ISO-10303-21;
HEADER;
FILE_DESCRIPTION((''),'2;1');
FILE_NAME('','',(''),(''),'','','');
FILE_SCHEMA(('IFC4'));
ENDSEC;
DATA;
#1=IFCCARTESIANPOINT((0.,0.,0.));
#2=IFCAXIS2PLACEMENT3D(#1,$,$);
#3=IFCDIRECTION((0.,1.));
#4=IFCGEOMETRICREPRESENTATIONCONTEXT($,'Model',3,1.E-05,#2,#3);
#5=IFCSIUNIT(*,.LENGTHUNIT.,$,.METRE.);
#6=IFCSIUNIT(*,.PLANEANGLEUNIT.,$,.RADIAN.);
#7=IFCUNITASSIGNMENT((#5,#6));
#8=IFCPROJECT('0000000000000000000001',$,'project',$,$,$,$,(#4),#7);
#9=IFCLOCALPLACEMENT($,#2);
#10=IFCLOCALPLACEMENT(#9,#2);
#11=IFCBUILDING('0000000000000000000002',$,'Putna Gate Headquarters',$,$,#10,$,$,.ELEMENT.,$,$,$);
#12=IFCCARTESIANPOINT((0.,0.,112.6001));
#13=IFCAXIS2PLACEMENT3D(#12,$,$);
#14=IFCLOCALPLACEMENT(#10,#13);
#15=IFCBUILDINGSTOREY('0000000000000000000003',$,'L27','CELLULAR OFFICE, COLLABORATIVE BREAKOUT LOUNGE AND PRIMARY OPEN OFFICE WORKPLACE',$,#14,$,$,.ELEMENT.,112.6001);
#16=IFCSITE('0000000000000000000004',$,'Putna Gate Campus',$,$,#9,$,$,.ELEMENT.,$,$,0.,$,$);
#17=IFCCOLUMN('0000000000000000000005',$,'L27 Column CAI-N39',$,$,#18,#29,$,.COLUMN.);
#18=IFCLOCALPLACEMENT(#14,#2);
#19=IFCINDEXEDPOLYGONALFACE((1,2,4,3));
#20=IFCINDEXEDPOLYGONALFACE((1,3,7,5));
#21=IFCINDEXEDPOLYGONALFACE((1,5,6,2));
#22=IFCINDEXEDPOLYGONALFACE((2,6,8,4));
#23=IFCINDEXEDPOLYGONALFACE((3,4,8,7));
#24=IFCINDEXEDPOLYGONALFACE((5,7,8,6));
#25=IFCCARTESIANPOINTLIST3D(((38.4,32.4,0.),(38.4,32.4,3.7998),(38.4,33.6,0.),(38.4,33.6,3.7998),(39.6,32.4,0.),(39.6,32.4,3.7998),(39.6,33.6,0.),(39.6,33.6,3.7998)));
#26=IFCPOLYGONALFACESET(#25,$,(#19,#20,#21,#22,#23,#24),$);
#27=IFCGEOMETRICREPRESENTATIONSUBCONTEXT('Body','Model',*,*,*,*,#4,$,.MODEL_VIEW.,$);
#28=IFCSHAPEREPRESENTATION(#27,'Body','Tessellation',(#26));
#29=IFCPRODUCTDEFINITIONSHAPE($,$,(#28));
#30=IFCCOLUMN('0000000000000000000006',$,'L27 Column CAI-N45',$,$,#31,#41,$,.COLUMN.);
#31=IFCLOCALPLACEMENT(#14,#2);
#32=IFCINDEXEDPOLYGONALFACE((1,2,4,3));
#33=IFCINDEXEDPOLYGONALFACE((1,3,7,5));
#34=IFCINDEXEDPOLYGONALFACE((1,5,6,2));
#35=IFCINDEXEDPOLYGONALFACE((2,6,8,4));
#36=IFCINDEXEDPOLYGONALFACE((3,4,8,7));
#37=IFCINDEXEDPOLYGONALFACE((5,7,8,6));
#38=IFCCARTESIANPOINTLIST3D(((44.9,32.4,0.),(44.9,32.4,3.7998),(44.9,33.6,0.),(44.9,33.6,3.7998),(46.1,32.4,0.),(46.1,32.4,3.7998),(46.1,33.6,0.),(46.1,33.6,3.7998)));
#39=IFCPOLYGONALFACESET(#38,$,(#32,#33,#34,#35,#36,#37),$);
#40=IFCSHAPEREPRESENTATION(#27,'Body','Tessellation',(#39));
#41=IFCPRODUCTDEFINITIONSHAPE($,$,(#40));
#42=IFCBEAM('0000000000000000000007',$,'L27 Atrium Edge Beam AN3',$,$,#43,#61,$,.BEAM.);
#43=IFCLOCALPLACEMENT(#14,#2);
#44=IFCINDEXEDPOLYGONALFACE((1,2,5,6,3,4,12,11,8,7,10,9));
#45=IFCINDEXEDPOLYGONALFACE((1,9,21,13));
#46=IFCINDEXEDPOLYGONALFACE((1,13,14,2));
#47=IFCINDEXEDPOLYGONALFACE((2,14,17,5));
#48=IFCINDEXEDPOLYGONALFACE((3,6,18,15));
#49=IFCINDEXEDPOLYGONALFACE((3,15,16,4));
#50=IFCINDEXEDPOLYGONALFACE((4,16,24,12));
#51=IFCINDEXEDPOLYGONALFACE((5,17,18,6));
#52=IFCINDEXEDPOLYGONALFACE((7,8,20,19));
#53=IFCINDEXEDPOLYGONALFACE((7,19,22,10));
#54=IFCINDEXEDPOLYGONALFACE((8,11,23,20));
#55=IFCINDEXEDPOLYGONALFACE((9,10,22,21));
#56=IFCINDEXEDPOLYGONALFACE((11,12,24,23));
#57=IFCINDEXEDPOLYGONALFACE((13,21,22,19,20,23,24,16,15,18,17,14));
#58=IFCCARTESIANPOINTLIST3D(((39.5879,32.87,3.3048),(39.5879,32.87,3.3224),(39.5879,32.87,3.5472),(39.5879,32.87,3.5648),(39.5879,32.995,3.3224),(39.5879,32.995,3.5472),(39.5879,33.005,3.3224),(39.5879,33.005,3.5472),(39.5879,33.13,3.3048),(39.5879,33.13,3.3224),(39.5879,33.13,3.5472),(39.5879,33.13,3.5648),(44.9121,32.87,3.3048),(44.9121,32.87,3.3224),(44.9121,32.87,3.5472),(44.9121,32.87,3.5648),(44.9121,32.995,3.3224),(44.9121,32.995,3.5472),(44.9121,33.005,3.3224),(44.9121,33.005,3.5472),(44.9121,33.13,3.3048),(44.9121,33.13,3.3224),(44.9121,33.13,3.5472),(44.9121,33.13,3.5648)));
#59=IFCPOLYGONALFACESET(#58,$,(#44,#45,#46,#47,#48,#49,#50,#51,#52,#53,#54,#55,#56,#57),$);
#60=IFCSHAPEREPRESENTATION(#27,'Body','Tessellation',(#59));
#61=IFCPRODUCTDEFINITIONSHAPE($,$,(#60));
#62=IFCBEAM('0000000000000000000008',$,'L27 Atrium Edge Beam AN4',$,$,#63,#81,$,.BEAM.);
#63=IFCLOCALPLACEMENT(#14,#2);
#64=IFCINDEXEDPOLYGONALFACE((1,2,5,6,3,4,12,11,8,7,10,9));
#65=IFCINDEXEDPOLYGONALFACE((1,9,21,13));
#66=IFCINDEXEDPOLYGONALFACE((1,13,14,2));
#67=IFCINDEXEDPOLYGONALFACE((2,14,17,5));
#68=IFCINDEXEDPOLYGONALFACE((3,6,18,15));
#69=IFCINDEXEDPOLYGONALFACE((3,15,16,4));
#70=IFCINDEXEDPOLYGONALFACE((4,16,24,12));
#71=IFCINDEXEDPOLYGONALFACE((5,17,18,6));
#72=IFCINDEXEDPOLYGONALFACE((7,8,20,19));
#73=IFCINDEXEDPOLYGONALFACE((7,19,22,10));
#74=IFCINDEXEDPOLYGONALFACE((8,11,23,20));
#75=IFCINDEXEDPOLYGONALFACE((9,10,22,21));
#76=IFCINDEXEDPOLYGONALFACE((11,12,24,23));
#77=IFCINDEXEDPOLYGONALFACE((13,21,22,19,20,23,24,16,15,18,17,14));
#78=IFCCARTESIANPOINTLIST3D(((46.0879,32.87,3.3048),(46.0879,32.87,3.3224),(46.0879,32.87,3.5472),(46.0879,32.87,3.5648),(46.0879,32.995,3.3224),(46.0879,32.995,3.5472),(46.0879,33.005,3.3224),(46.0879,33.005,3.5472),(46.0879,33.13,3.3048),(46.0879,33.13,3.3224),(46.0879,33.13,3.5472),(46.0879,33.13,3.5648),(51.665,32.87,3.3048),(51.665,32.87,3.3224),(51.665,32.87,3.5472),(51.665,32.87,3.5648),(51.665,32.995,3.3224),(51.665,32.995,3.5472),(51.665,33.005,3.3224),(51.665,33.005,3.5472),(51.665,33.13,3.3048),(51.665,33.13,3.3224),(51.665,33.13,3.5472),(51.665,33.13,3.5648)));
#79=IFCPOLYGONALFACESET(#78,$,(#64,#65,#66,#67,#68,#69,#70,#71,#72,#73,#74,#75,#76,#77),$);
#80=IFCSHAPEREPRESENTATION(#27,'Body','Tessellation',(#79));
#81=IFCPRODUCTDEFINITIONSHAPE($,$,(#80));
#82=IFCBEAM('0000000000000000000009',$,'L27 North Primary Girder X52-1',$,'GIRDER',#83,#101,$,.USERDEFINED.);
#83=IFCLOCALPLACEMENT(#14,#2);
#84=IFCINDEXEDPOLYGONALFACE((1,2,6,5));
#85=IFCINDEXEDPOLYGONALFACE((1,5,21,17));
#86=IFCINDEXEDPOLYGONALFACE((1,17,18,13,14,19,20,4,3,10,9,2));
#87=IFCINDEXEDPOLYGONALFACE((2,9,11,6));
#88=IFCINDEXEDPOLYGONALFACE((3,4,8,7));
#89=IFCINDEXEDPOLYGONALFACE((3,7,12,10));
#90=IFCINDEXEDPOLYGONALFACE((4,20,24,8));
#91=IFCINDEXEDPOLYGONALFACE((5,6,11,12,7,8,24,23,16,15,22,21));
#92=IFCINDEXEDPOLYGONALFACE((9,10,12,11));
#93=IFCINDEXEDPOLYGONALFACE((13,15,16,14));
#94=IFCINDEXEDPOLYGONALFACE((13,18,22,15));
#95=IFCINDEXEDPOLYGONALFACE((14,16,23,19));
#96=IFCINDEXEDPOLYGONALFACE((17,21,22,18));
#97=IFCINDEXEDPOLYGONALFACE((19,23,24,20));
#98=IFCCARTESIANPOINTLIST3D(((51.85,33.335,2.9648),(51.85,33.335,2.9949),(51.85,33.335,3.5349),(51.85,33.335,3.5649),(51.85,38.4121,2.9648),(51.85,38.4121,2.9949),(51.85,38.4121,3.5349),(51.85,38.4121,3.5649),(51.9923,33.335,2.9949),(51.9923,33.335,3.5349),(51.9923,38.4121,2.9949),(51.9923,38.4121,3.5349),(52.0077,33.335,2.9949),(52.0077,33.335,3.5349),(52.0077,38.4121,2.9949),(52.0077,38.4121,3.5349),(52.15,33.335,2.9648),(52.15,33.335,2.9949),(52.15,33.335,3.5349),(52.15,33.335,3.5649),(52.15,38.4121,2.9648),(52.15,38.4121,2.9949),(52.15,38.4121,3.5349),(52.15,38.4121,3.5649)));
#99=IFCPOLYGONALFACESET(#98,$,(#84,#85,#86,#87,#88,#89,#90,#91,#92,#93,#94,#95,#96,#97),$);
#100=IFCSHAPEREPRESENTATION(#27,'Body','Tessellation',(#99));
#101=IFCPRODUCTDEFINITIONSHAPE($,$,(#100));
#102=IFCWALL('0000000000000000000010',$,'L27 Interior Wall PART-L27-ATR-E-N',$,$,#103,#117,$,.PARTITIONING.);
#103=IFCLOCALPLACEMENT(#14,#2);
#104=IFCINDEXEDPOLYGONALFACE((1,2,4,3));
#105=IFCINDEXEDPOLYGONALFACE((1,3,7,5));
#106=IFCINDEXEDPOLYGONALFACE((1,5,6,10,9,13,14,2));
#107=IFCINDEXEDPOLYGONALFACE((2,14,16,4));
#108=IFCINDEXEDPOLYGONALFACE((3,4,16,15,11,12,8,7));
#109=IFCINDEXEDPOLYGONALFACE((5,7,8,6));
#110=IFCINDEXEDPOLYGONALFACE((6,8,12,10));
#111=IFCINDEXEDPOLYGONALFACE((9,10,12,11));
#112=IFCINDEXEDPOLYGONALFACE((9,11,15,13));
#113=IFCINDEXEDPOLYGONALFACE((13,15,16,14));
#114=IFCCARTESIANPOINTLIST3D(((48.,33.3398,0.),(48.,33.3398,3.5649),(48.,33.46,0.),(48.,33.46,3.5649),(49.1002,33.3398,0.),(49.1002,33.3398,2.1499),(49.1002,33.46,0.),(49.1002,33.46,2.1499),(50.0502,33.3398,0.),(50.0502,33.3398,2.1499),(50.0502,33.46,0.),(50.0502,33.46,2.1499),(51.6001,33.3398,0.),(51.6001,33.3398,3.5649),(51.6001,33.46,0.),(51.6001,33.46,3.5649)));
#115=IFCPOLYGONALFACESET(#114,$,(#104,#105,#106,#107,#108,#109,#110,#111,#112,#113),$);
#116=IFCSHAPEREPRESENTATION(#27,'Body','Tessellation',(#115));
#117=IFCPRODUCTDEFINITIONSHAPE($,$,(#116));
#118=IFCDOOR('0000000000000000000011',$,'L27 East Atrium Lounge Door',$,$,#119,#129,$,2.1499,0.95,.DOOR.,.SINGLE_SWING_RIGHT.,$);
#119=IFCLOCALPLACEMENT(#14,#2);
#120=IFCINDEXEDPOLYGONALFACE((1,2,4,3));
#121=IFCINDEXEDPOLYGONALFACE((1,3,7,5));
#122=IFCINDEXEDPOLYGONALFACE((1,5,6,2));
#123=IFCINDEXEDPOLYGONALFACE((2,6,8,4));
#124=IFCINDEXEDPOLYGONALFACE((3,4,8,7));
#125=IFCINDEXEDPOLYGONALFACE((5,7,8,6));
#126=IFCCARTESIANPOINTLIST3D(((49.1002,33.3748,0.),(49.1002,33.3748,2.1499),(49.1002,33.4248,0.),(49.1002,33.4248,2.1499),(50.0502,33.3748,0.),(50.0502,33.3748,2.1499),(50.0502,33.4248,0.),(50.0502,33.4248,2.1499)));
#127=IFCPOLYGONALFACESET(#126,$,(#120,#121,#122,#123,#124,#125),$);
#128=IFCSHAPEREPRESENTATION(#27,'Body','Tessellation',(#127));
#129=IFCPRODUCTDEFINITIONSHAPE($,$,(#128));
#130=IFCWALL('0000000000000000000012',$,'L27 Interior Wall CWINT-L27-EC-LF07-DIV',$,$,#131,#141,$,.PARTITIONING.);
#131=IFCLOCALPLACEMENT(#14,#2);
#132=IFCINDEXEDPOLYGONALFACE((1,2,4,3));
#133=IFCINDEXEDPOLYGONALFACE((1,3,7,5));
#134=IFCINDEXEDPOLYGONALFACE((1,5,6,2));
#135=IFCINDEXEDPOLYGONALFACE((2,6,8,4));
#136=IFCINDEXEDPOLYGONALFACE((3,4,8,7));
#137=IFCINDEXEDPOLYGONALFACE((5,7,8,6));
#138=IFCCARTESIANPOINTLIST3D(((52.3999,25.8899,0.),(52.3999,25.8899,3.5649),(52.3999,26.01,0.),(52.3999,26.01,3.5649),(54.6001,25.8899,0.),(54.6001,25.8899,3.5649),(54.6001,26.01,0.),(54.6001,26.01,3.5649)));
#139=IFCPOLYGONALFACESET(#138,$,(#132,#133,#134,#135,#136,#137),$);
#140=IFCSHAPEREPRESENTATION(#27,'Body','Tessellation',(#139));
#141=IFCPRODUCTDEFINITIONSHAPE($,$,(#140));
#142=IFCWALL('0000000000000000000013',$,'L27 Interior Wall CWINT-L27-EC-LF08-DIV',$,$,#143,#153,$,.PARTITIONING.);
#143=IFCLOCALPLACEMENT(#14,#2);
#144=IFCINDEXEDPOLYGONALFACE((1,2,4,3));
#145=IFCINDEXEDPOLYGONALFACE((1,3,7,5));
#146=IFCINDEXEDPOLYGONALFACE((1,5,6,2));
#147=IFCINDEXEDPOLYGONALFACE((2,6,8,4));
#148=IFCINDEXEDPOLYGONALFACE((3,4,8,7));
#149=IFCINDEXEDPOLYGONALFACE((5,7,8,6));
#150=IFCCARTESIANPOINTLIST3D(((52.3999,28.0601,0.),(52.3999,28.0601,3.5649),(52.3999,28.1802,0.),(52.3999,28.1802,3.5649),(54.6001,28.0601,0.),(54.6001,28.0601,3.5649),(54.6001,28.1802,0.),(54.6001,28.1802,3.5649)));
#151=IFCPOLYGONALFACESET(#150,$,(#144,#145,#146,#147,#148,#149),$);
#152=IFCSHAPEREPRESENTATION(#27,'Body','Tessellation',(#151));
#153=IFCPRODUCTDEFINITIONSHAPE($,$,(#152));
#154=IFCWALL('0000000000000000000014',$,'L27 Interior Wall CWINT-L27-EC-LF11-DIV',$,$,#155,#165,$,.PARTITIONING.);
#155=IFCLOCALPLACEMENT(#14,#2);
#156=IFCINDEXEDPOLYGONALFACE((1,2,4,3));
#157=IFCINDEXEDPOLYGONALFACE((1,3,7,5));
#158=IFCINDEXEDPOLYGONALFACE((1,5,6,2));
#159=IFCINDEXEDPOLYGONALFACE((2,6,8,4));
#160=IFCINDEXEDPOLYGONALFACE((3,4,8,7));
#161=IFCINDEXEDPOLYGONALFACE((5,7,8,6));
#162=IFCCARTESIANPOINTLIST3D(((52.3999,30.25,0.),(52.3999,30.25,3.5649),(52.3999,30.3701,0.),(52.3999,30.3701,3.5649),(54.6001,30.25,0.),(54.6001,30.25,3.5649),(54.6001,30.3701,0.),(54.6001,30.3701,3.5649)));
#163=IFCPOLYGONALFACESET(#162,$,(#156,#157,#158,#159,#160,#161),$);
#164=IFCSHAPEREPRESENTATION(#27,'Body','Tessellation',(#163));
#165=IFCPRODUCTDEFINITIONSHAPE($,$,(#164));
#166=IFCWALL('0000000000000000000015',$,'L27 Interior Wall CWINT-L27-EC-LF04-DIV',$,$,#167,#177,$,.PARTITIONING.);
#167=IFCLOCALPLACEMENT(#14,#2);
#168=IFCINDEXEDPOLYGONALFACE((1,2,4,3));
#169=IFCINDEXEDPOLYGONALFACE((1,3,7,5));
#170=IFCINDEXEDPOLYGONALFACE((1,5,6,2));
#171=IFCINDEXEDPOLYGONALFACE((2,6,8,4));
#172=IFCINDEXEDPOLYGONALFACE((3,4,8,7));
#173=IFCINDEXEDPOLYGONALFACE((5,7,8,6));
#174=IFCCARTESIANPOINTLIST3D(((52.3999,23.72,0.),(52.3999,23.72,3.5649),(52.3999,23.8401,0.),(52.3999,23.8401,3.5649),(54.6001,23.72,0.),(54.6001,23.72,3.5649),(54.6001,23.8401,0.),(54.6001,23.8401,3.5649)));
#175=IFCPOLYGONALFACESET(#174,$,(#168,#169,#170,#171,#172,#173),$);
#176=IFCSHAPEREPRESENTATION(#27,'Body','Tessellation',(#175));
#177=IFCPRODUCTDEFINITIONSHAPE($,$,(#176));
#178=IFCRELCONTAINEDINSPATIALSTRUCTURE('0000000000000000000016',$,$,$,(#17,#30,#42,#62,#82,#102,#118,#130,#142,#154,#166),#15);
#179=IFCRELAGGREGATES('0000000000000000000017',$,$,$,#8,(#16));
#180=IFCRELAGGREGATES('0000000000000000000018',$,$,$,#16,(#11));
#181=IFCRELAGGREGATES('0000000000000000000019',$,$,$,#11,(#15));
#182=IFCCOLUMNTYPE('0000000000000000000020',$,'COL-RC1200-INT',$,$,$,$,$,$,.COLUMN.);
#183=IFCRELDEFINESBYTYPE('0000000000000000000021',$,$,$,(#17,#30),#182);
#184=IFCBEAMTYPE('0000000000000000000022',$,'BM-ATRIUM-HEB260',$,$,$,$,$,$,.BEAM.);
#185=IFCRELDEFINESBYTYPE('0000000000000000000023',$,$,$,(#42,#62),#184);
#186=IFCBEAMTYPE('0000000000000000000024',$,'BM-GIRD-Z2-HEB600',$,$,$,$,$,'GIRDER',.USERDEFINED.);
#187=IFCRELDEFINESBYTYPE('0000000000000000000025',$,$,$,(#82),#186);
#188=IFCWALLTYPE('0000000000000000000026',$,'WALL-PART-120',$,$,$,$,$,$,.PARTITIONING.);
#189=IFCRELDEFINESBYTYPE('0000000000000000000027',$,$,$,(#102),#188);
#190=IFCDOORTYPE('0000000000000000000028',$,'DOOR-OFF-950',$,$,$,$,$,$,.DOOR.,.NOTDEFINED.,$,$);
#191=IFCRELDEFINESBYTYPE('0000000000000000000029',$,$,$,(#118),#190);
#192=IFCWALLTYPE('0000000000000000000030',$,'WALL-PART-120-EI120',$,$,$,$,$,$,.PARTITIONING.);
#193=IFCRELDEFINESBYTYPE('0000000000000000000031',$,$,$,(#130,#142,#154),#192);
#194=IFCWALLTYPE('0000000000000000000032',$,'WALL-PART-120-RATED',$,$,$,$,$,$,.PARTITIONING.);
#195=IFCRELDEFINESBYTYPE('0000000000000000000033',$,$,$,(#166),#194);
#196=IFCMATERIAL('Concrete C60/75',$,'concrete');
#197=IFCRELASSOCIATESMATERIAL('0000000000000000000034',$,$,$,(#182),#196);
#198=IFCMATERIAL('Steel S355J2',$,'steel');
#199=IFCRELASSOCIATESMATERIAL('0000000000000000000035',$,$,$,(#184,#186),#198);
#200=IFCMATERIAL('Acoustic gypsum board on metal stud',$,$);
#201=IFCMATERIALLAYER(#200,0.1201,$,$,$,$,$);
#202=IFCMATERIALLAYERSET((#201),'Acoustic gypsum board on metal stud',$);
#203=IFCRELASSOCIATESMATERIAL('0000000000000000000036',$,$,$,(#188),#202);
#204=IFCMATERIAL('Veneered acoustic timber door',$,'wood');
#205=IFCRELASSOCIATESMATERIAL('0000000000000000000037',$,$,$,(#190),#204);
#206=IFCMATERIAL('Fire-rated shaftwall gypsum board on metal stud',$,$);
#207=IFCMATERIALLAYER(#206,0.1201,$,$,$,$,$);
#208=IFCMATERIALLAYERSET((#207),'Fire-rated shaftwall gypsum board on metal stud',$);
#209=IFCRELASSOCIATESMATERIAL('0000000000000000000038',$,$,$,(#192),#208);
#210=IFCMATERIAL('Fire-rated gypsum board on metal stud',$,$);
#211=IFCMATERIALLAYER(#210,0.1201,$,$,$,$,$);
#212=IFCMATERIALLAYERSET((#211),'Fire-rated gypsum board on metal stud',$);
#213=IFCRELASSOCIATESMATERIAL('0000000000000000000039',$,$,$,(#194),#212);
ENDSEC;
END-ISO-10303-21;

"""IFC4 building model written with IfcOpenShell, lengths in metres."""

from ifc_helpers import new_model, si_unit, direction, frame, frame_2d, origin, origin_2d, place, context, subcontext, project, spatial, rectangle, i_section, extrude, material, layer, layer_set, material_profile, profile_set, type_object, element, fill, save


model = new_model("IFC4")

# Units and contexts
model_context = context("Model", 3, precision=1e-05, world=origin(), true_north=direction((0.0, 1.0)))
body_context = subcontext(model_context, "Body", "Model", "MODEL_VIEW")
ifc_project = project(units=[si_unit("LENGTHUNIT", "METRE"), si_unit("PLANEANGLEUNIT", "RADIAN")], contexts=[model_context])

# Site, building, storey
site_placement = place(None, origin())
site = spatial("IfcSite", under=ifc_project, at=site_placement, Name="Putna Gate Campus", CompositionType="ELEMENT", RefElevation=0.0)
building_placement = place(site_placement, origin())
building = spatial("IfcBuilding", under=site, at=building_placement, Name="Putna Gate Headquarters", CompositionType="ELEMENT")
storey_placement = place(building_placement, frame((0.0, 0.0, 112.6001)))
storey = spatial("IfcBuildingStorey", under=building, at=storey_placement, Name="L27", Description="CELLULAR OFFICE, COLLABORATIVE BREAKOUT LOUNGE AND PRIMARY OPEN OFFICE WORKPLACE", CompositionType="ELEMENT", Elevation=112.6001)

# Columns
ifc_material_1 = material(Name="Concrete C60/75", Category="concrete")
ifc_material_profile_1 = material_profile(ifc_material_1, rectangle(XDim=1.2, YDim=1.2, at=origin_2d()), Name="Concrete C60/75")
ifc_profile_set_1 = profile_set([ifc_material_profile_1], Name="Concrete C60/75")
column_type = type_object("IfcColumnType", Name="COL-RC1200-INT", PredefinedType="COLUMN", material=ifc_profile_set_1)
for number, where, z_axis, x_axis, name in (
    (1, (39.0, 33.0, 0.0), (0.0, 0.0, 1.0), (1.0, 0.0, 0.0), "L27 Column CAI-N39"),
    (2, (45.5, 33.0, 0.0), (0.0, 0.0, 1.0), (1.0, 0.0, 0.0), "L27 Column CAI-N45"),
):
    element("IfcColumn", number, at=place(storey_placement, frame(where, z_axis=z_axis, x_axis=x_axis)), inside=storey, type_object=column_type, Name=name, PredefinedType="COLUMN", context=body_context, shape_type="SweptSolid", body=[
        extrude(rectangle(XDim=1.2, YDim=1.2, at=origin_2d()), origin(), (0.0, 0.0, 1.0), 3.7998),
    ])

# Beams
ifc_material_2 = material(Name="Steel S355J2", Category="steel")
ifc_material_profile_2 = material_profile(ifc_material_2, i_section(OverallWidth=0.26, OverallDepth=0.26, WebThickness=0.01, FlangeThickness=0.0176, at=origin_2d()), Name="Steel S355J2")
ifc_profile_set_2 = profile_set([ifc_material_profile_2], Name="Steel S355J2")
beam_type_1 = type_object("IfcBeamType", Name="BM-ATRIUM-HEB260", PredefinedType="BEAM", material=ifc_profile_set_2)
beam_1_placement = place(storey_placement, frame((39.5879, 33.0, 3.4348), z_axis=(1.0, 0.0, 0.0), x_axis=(0.0, 1.0, 0.0)))
element("IfcBeam", 3, at=beam_1_placement, inside=storey, type_object=beam_type_1, Name="L27 Atrium Edge Beam AN3", PredefinedType="BEAM", context=body_context, shape_type="SweptSolid", body=[
    extrude(i_section(OverallWidth=0.26, OverallDepth=0.26, WebThickness=0.01, FlangeThickness=0.0176, at=origin_2d()), origin(), (0.0, 0.0, 1.0), 5.3242),
])
beam_2_placement = place(storey_placement, frame((46.0879, 33.0, 3.4348), z_axis=(1.0, 0.0, 0.0), x_axis=(0.0, 1.0, 0.0)))
element("IfcBeam", 4, at=beam_2_placement, inside=storey, type_object=beam_type_1, Name="L27 Atrium Edge Beam AN4", PredefinedType="BEAM", context=body_context, shape_type="SweptSolid", body=[
    extrude(i_section(OverallWidth=0.26, OverallDepth=0.26, WebThickness=0.01, FlangeThickness=0.0176, at=origin_2d()), origin(), (0.0, 0.0, 1.0), 5.5771),
])
ifc_material_profile_3 = material_profile(ifc_material_2, i_section(OverallWidth=0.3, OverallDepth=0.6001, WebThickness=0.0154, FlangeThickness=0.03, at=origin_2d()), Name="Steel S355J2")
ifc_profile_set_3 = profile_set([ifc_material_profile_3], Name="Steel S355J2")
beam_type_2 = type_object("IfcBeamType", Name="BM-GIRD-Z2-HEB600", ElementType="GIRDER", PredefinedType="USERDEFINED", material=ifc_profile_set_3)
beam_3_placement = place(storey_placement, frame((52.0, 33.335, 3.2649), z_axis=(0.0, 1.0, 0.0), x_axis=(-1.0, 0.0, 0.0)))
element("IfcBeam", 5, at=beam_3_placement, inside=storey, type_object=beam_type_2, Name="L27 North Primary Girder X52-1", ObjectType="GIRDER", PredefinedType="USERDEFINED", context=body_context, shape_type="SweptSolid", body=[
    extrude(i_section(OverallWidth=0.3, OverallDepth=0.6001, WebThickness=0.0154, FlangeThickness=0.03, at=origin_2d()), origin(), (0.0, 0.0, 1.0), 5.0771),
])

# Wall, opening, door
ifc_material_3 = material(Name="Acoustic gypsum board on metal stud")
ifc_layer_1 = layer(ifc_material_3, 0.1201)
ifc_layer_set_1 = layer_set([ifc_layer_1], Name="Acoustic gypsum board on metal stud")
wall_type_1 = type_object("IfcWallType", Name="WALL-PART-120", PredefinedType="PARTITIONING", material=ifc_layer_set_1)
wall_1_placement = place(storey_placement, frame((48.0, 33.3999, 0.0), z_axis=(0.0, 0.0, 1.0), x_axis=(1.0, 0.0, 0.0)))
wall_1 = element("IfcWall", 6, at=wall_1_placement, inside=storey, type_object=wall_type_1, Name="L27 Interior Wall PART-L27-ATR-E-N", PredefinedType="PARTITIONING", context=body_context, shape_type="SweptSolid", body=[
    extrude(rectangle(XDim=3.6001, YDim=0.1201, at=frame_2d((1.8, 0.0))), origin(), (0.0, 0.0, 1.0), 3.5649),
])
opening_1_placement = place(wall_1_placement, frame((1.1001, 0.0, 0.0)))
opening_1 = element("IfcOpeningElement", 7, at=opening_1_placement, cuts=wall_1, PredefinedType="OPENING", context=body_context, shape_type="SweptSolid", body=[
    extrude(rectangle(XDim=0.95, YDim=2.1499, at=frame_2d((0.4751, 1.075))), frame((0.0, 0.0701, 0.0), z_axis=(0.0, -1.0, 0.0), x_axis=(1.0, 0.0, 0.0)), (0.0, 0.0, 1.0), 0.1401),
])
ifc_material_4 = material(Name="Veneered acoustic timber door", Category="wood")
door_type_1 = type_object("IfcDoorType", Name="DOOR-OFF-950", OperationType="NOTDEFINED", PredefinedType="DOOR", material=ifc_material_4)
door_1_placement = place(opening_1_placement, origin())
door_1 = element("IfcDoor", 8, at=door_1_placement, inside=storey, type_object=door_type_1, Name="L27 East Atrium Lounge Door", OperationType="SINGLE_SWING_RIGHT", OverallHeight=2.1499, OverallWidth=0.95, PredefinedType="DOOR", context=body_context, shape_type="SweptSolid", body=[
    extrude(rectangle(XDim=0.95, YDim=2.1499, at=frame_2d((0.4751, 1.075))), frame((0.0, 0.0249, 0.0), z_axis=(0.0, -1.0, 0.0), x_axis=(1.0, 0.0, 0.0)), (0.0, 0.0, 1.0), 0.05),
])
fill(opening_1, door_1)

# Walls
ifc_material_5 = material(Name="Fire-rated shaftwall gypsum board on metal stud")
ifc_layer_2 = layer(ifc_material_5, 0.1201)
ifc_layer_set_2 = layer_set([ifc_layer_2], Name="Fire-rated shaftwall gypsum board on metal stud")
wall_type_2 = type_object("IfcWallType", Name="WALL-PART-120-EI120", PredefinedType="PARTITIONING", material=ifc_layer_set_2)
for number, where, z_axis, x_axis, name in (
    (9, (52.3999, 25.95, 0.0), (0.0, 0.0, 1.0), (1.0, 0.0, 0.0), "L27 Interior Wall CWINT-L27-EC-LF07-DIV"),
    (10, (52.3999, 28.1201, 0.0), (0.0, 0.0, 1.0), (1.0, 0.0, 0.0), "L27 Interior Wall CWINT-L27-EC-LF08-DIV"),
    (11, (52.3999, 30.3101, 0.0), (0.0, 0.0, 1.0), (1.0, 0.0, 0.0), "L27 Interior Wall CWINT-L27-EC-LF11-DIV"),
):
    element("IfcWall", number, at=place(storey_placement, frame(where, z_axis=z_axis, x_axis=x_axis)), inside=storey, type_object=wall_type_2, Name=name, PredefinedType="PARTITIONING", context=body_context, shape_type="SweptSolid", body=[
        extrude(rectangle(XDim=2.2002, YDim=0.1201, at=frame_2d((1.1001, 0.0))), origin(), (0.0, 0.0, 1.0), 3.5649),
    ])
ifc_material_6 = material(Name="Fire-rated gypsum board on metal stud")
ifc_layer_3 = layer(ifc_material_6, 0.1201)
ifc_layer_set_3 = layer_set([ifc_layer_3], Name="Fire-rated gypsum board on metal stud")
wall_type_3 = type_object("IfcWallType", Name="WALL-PART-120-RATED", PredefinedType="PARTITIONING", material=ifc_layer_set_3)
wall_2_placement = place(storey_placement, frame((52.3999, 23.78, 0.0), z_axis=(0.0, 0.0, 1.0), x_axis=(1.0, 0.0, 0.0)))
element("IfcWall", 12, at=wall_2_placement, inside=storey, type_object=wall_type_3, Name="L27 Interior Wall CWINT-L27-EC-LF04-DIV", PredefinedType="PARTITIONING", context=body_context, shape_type="SweptSolid", body=[
    extrude(rectangle(XDim=2.2002, YDim=0.1201, at=frame_2d((1.1001, 0.0))), origin(), (0.0, 0.0, 1.0), 3.5649),
])

save(model, "model.ifc")
